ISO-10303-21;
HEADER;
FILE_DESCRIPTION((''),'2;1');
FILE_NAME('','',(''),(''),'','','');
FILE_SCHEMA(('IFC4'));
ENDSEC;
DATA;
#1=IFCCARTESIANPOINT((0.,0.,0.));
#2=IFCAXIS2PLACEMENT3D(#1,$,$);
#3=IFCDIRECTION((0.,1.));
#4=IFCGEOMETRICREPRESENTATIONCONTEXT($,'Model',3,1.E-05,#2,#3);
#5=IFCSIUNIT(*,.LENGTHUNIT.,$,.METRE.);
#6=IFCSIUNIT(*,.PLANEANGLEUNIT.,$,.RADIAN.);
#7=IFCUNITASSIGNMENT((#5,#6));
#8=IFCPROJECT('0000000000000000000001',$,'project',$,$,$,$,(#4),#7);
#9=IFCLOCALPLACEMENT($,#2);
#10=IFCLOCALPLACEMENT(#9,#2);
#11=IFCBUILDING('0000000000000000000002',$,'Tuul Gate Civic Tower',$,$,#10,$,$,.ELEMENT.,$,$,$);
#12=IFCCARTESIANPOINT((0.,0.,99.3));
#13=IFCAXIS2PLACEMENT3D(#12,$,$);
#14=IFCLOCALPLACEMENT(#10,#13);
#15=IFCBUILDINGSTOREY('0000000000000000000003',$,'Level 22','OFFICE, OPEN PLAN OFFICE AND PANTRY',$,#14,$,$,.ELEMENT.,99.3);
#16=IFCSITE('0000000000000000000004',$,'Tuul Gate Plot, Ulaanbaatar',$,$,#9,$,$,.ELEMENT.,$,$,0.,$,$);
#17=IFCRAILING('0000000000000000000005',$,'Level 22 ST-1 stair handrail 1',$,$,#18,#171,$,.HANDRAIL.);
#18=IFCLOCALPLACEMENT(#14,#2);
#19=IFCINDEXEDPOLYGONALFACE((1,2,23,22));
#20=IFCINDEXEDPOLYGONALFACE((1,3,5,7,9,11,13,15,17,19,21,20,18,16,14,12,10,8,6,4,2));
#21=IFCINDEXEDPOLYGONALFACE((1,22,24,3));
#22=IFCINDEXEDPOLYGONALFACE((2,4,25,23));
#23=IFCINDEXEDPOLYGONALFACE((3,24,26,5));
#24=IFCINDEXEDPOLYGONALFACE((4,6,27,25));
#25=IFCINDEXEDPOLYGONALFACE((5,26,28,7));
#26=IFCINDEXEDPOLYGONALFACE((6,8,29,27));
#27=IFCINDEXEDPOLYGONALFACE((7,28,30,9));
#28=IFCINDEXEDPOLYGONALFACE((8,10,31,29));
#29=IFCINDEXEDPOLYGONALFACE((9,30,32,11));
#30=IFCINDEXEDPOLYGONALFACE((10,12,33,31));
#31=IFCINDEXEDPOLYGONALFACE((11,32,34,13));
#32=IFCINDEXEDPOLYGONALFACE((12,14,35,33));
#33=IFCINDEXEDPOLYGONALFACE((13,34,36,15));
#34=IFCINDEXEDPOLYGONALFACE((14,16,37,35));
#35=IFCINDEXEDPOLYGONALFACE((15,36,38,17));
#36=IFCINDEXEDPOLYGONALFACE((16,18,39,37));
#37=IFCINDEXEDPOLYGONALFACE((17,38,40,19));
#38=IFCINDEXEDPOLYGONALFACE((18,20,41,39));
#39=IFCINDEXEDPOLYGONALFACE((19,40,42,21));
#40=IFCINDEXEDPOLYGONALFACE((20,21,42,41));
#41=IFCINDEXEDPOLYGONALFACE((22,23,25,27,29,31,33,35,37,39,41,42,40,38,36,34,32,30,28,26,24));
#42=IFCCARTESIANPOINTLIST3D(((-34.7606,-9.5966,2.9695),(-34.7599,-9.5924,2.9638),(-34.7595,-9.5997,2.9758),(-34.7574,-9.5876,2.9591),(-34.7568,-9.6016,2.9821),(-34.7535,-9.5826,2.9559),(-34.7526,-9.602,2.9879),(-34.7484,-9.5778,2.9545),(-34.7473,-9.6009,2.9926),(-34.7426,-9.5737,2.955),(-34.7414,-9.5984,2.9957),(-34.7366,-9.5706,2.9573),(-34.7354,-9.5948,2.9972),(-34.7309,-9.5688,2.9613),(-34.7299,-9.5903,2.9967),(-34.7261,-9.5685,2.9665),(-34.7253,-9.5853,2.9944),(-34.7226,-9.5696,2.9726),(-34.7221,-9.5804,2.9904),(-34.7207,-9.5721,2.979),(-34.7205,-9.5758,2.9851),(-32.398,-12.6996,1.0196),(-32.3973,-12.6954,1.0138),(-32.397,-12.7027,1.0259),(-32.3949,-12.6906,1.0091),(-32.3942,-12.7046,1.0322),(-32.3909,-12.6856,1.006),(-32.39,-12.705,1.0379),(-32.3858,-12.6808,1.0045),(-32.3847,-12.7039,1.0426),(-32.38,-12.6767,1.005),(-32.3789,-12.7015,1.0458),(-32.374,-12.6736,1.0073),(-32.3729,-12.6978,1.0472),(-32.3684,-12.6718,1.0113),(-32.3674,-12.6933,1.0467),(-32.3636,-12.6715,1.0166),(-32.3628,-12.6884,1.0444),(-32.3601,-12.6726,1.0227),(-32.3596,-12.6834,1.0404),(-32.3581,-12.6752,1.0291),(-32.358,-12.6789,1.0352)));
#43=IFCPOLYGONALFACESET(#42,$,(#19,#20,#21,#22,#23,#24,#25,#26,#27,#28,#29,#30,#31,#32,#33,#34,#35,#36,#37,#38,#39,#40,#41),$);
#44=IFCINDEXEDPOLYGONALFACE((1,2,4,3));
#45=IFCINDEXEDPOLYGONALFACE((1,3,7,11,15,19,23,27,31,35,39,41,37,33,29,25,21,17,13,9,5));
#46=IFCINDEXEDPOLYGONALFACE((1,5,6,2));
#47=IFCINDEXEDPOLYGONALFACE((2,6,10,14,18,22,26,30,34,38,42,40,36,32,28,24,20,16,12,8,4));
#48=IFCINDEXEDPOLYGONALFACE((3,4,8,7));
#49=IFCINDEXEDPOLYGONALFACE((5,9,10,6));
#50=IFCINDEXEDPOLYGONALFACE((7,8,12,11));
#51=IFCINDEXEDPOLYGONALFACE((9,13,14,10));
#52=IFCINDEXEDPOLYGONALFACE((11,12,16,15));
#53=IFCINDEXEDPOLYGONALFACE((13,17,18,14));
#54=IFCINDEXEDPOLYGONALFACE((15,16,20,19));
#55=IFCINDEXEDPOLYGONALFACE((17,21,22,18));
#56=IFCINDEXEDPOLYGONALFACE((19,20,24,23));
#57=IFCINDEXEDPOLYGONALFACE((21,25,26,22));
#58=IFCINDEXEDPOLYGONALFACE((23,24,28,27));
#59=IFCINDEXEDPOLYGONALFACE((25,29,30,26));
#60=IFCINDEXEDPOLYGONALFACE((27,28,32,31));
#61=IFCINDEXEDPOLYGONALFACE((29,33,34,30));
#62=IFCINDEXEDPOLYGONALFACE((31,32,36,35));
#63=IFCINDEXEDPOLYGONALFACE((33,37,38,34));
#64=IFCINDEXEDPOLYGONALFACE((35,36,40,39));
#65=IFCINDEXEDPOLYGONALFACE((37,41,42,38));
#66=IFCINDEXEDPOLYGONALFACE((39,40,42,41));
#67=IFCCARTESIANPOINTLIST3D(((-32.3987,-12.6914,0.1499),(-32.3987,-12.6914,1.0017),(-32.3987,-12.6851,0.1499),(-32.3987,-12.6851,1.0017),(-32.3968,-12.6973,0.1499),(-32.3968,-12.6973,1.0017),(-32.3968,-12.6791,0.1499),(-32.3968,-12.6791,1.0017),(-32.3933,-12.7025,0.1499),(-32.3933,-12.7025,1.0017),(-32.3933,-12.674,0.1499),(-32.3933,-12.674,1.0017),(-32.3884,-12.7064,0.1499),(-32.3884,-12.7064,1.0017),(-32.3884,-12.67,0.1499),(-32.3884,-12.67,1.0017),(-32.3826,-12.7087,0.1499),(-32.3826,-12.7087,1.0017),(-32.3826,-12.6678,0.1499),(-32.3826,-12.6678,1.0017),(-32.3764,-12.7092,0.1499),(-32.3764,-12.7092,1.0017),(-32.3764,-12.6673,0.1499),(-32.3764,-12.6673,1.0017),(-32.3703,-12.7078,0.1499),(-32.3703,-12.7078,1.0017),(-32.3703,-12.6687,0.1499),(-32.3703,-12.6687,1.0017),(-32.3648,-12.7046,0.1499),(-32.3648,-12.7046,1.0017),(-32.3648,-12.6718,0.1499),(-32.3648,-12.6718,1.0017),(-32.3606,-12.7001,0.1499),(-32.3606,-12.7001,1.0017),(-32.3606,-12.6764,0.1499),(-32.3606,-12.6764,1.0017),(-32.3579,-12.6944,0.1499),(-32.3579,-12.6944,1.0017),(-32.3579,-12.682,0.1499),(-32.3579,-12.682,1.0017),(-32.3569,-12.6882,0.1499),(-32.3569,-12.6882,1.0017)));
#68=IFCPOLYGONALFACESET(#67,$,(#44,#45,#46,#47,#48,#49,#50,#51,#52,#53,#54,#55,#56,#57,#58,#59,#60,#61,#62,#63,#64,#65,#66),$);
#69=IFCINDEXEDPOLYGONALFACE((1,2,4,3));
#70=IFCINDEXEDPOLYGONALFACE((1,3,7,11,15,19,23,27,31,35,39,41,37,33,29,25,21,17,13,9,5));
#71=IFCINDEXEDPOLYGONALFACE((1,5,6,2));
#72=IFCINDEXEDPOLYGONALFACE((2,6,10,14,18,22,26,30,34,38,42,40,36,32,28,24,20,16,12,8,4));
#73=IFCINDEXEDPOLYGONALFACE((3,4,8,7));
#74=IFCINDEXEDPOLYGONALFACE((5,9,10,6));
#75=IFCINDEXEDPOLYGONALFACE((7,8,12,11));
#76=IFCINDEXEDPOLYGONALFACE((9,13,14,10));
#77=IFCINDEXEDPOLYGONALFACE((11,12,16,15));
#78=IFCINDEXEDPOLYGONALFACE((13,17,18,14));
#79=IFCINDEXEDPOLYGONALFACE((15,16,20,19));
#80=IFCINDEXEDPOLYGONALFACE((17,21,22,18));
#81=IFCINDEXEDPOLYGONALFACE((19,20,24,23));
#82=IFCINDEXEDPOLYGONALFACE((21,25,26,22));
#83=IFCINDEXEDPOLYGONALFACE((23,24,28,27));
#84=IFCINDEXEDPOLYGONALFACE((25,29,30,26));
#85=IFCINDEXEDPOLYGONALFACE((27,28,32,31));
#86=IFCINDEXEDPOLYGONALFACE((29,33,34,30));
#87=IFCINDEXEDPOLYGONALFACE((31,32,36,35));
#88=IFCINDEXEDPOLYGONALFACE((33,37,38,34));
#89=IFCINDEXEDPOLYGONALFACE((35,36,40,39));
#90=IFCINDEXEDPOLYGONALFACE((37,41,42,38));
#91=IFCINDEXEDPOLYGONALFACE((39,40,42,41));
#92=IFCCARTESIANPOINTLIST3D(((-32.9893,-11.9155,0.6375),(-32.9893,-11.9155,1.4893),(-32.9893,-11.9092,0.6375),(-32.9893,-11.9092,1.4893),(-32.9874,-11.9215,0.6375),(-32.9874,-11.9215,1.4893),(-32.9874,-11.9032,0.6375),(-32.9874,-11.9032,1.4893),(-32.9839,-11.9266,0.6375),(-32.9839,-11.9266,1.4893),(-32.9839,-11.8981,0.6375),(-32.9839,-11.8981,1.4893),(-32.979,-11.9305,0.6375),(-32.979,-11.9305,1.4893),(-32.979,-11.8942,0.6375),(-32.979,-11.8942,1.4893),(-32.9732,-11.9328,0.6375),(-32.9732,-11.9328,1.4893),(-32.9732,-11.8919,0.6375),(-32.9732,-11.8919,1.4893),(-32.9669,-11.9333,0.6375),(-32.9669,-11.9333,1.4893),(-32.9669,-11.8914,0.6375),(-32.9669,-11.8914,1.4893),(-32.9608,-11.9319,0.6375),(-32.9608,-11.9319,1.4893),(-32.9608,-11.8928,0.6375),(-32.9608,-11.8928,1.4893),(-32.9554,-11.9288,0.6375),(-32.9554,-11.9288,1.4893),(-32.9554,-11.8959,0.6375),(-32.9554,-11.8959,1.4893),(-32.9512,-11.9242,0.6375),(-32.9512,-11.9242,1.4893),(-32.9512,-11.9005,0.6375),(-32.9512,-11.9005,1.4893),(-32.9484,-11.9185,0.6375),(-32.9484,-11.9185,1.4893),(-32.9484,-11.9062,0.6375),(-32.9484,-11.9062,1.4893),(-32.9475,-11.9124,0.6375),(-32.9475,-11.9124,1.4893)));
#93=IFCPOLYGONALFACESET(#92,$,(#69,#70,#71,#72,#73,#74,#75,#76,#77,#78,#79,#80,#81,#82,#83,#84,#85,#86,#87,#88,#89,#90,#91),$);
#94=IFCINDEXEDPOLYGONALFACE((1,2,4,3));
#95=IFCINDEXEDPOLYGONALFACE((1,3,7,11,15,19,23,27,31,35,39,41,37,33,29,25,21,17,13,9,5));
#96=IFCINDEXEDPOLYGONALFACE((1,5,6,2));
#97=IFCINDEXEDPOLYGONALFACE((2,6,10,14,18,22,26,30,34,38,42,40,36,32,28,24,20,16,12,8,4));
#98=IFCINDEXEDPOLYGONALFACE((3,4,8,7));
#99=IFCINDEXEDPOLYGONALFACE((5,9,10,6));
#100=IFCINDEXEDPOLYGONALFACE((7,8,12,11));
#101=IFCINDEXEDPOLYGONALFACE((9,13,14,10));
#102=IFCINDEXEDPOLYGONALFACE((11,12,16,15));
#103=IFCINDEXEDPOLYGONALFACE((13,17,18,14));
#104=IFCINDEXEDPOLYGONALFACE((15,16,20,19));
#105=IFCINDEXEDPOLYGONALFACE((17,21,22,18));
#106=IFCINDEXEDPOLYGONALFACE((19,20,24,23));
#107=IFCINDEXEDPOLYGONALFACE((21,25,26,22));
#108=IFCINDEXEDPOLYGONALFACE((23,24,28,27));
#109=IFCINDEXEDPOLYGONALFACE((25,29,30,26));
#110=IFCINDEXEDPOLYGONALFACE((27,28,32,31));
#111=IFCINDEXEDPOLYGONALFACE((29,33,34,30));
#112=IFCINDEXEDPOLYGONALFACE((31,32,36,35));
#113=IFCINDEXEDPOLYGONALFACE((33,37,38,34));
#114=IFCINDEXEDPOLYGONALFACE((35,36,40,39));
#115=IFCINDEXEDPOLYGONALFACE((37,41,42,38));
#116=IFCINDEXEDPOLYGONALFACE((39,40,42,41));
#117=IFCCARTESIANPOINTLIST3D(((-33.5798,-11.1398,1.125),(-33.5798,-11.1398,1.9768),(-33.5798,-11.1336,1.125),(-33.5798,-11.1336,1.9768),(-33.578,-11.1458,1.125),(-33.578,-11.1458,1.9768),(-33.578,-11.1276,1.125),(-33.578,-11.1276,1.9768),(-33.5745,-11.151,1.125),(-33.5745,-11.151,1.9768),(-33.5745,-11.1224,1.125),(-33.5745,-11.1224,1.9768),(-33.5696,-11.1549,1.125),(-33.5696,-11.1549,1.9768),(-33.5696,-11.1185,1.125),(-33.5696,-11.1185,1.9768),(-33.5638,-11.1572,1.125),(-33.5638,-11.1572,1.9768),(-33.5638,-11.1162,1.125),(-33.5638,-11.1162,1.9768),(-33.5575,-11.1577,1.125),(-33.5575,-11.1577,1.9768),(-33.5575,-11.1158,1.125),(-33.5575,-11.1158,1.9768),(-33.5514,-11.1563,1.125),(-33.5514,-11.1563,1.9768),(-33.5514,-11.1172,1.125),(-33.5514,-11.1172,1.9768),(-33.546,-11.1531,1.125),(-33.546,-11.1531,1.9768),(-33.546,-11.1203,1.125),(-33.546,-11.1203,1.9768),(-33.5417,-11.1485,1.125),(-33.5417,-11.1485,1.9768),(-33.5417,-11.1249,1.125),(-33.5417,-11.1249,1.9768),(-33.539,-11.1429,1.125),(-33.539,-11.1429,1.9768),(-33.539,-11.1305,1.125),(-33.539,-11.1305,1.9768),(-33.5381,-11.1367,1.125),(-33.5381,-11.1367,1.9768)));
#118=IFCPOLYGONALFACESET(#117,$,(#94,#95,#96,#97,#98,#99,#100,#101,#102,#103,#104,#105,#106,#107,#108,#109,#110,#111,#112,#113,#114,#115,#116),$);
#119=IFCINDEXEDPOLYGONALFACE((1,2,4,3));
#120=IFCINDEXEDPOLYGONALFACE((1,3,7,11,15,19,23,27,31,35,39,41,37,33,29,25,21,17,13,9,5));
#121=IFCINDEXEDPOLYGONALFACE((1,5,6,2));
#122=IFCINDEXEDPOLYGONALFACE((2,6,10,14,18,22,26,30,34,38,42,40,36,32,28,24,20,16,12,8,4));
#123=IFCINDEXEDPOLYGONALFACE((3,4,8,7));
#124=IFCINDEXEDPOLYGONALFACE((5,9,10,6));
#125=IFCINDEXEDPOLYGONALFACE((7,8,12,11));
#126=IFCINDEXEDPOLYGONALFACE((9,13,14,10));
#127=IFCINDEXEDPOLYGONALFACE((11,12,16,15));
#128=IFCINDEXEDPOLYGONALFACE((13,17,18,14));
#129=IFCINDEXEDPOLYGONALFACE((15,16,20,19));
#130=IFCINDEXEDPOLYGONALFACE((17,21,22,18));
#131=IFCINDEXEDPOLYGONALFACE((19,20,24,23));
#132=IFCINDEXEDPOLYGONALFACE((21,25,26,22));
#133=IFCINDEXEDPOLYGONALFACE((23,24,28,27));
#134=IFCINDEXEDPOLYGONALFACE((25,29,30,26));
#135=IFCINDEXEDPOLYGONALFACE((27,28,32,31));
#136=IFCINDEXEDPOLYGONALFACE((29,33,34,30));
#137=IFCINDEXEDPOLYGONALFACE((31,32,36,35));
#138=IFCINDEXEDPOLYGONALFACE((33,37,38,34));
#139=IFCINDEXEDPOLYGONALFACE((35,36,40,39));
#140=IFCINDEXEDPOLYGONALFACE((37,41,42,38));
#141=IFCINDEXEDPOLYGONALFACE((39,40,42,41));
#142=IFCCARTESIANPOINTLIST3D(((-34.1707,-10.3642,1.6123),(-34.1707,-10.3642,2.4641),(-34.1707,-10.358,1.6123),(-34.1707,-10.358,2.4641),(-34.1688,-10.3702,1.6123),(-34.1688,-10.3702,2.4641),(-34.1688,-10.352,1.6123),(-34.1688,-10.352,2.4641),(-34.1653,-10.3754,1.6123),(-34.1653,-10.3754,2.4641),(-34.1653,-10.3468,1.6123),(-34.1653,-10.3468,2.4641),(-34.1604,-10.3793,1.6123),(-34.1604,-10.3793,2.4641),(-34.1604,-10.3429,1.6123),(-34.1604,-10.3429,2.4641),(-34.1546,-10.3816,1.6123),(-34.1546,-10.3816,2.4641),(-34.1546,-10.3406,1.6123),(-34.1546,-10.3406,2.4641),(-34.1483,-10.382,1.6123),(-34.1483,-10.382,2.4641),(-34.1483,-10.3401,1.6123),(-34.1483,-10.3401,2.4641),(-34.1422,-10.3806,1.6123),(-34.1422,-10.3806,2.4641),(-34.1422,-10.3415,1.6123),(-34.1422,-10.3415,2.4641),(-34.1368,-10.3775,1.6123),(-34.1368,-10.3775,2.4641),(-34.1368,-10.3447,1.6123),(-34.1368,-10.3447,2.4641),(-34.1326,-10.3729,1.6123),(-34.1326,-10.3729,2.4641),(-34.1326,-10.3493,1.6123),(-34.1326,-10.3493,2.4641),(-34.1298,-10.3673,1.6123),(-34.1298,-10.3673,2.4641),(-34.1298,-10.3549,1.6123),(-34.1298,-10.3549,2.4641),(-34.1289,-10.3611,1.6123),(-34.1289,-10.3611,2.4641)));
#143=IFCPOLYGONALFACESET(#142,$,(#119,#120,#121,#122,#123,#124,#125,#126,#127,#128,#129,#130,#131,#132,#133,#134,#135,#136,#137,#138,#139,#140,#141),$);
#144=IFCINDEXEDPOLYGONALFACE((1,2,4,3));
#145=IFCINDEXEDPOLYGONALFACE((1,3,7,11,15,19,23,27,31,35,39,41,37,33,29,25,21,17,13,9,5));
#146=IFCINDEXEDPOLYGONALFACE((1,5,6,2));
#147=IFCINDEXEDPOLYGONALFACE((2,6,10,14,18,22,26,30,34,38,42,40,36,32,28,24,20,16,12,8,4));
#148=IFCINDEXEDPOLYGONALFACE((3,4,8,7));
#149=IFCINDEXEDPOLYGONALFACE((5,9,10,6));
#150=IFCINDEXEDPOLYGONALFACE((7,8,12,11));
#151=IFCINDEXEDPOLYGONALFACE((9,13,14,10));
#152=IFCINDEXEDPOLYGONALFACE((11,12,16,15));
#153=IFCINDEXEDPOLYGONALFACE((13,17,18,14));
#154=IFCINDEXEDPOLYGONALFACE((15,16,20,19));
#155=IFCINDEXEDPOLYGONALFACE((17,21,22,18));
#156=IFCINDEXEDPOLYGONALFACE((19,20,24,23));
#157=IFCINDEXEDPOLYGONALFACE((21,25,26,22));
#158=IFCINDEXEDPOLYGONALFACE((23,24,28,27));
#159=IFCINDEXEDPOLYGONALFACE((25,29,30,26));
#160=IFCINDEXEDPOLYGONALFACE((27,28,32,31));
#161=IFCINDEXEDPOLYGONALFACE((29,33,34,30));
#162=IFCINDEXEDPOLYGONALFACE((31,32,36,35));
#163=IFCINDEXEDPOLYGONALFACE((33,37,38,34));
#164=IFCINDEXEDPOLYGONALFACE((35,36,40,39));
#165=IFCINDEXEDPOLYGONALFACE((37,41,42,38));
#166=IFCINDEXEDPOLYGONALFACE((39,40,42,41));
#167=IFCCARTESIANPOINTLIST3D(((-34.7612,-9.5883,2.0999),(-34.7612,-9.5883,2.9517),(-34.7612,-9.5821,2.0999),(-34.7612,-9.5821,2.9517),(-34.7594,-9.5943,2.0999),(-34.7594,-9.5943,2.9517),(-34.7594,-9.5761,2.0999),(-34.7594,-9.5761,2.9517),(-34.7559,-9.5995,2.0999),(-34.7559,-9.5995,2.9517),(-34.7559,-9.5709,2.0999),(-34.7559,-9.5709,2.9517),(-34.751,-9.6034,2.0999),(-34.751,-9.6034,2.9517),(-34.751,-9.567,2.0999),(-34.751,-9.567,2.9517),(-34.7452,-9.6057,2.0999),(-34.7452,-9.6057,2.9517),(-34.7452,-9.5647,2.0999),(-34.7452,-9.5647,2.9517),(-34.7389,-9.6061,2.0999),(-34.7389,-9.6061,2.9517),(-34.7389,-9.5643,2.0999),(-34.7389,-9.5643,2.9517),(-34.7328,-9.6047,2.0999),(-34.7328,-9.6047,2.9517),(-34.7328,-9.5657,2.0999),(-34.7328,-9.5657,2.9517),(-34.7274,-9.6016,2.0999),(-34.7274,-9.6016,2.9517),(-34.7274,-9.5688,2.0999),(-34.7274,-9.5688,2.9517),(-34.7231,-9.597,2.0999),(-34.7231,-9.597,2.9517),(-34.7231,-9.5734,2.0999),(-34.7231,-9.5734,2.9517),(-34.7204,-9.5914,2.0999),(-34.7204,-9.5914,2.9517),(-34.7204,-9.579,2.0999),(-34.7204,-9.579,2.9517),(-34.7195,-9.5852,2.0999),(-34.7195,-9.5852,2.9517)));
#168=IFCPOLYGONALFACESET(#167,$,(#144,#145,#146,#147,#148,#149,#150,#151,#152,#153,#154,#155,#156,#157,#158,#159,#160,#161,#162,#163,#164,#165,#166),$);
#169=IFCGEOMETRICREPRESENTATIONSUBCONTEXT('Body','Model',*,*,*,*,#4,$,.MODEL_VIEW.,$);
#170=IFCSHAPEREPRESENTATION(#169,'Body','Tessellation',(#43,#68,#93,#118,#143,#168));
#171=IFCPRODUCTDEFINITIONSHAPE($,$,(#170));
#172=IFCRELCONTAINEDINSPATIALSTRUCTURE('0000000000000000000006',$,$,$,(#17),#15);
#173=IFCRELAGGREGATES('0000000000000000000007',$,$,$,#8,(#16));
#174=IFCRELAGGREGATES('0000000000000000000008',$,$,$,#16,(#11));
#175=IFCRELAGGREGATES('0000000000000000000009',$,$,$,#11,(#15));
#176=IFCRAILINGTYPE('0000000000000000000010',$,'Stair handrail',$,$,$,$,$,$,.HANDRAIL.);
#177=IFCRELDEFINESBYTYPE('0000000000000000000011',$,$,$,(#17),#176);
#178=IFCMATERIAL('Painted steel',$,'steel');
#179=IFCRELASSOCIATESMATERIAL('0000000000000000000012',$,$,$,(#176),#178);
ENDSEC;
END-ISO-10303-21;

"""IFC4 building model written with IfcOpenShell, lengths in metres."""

from ifc_helpers import new_model, si_unit, direction, frame, origin, origin_2d, place, context, subcontext, project, spatial, circle, extrude, material, type_object, element, save


model = new_model("IFC4")

# Units and contexts
model_context = context("Model", 3, precision=1e-05, world=origin(), true_north=direction((0.0, 1.0)))
body_context = subcontext(model_context, "Body", "Model", "MODEL_VIEW")
ifc_project = project(units=[si_unit("LENGTHUNIT", "METRE"), si_unit("PLANEANGLEUNIT", "RADIAN")], contexts=[model_context])

# Site, building, storey
site_placement = place(None, origin())
site = spatial("IfcSite", under=ifc_project, at=site_placement, Name="Tuul Gate Plot, Ulaanbaatar", CompositionType="ELEMENT", RefElevation=0.0)
building_placement = place(site_placement, origin())
building = spatial("IfcBuilding", under=site, at=building_placement, Name="Tuul Gate Civic Tower", CompositionType="ELEMENT")
storey_placement = place(building_placement, frame((0.0, 0.0, 99.3)))
storey = spatial("IfcBuildingStorey", under=building, at=storey_placement, Name="Level 22", Description="OFFICE, OPEN PLAN OFFICE AND PANTRY", CompositionType="ELEMENT", Elevation=99.3)

# Railing
ifc_material_1 = material(Name="Painted steel", Category="steel")
railing_type_1 = type_object("IfcRailingType", Name="Stair handrail", PredefinedType="HANDRAIL", material=ifc_material_1)
railing_1_placement = place(storey_placement, frame((-32.3779, -12.6882, 0.1499)))
element("IfcRailing", 1, at=railing_1_placement, inside=storey, type_object=railing_type_1, Name="Level 22 ST-1 stair handrail 1", PredefinedType="HANDRAIL", context=body_context, shape_type="SweptSolid", body=[
    extrude(circle(Radius=0.0239, at=origin_2d()), frame((0.0, 0.0, 0.876), z_axis=(-0.541824, 0.711645, 0.4472), x_axis=(-0.795637, -0.605773, 0.0)), (0.0, 0.0, 1.0), 4.3604),
    extrude(circle(Radius=0.021, at=origin_2d()), origin(), (0.0, 0.0, 1.0), 0.8518),
    extrude(circle(Radius=0.021, at=origin_2d()), frame((-0.5906, 0.7759, 0.4875)), (0.0, 0.0, 1.0), 0.8518),
    extrude(circle(Radius=0.021, at=origin_2d()), frame((-1.1812, 1.5515, 0.9751)), (0.0, 0.0, 1.0), 0.8518),
    extrude(circle(Radius=0.021, at=origin_2d()), frame((-1.772, 2.3271, 1.4624)), (0.0, 0.0, 1.0), 0.8518),
    extrude(circle(Radius=0.021, at=origin_2d()), frame((-2.3625, 3.103, 1.95)), (0.0, 0.0, 1.0), 0.8518),
])

save(model, "model.ifc")
